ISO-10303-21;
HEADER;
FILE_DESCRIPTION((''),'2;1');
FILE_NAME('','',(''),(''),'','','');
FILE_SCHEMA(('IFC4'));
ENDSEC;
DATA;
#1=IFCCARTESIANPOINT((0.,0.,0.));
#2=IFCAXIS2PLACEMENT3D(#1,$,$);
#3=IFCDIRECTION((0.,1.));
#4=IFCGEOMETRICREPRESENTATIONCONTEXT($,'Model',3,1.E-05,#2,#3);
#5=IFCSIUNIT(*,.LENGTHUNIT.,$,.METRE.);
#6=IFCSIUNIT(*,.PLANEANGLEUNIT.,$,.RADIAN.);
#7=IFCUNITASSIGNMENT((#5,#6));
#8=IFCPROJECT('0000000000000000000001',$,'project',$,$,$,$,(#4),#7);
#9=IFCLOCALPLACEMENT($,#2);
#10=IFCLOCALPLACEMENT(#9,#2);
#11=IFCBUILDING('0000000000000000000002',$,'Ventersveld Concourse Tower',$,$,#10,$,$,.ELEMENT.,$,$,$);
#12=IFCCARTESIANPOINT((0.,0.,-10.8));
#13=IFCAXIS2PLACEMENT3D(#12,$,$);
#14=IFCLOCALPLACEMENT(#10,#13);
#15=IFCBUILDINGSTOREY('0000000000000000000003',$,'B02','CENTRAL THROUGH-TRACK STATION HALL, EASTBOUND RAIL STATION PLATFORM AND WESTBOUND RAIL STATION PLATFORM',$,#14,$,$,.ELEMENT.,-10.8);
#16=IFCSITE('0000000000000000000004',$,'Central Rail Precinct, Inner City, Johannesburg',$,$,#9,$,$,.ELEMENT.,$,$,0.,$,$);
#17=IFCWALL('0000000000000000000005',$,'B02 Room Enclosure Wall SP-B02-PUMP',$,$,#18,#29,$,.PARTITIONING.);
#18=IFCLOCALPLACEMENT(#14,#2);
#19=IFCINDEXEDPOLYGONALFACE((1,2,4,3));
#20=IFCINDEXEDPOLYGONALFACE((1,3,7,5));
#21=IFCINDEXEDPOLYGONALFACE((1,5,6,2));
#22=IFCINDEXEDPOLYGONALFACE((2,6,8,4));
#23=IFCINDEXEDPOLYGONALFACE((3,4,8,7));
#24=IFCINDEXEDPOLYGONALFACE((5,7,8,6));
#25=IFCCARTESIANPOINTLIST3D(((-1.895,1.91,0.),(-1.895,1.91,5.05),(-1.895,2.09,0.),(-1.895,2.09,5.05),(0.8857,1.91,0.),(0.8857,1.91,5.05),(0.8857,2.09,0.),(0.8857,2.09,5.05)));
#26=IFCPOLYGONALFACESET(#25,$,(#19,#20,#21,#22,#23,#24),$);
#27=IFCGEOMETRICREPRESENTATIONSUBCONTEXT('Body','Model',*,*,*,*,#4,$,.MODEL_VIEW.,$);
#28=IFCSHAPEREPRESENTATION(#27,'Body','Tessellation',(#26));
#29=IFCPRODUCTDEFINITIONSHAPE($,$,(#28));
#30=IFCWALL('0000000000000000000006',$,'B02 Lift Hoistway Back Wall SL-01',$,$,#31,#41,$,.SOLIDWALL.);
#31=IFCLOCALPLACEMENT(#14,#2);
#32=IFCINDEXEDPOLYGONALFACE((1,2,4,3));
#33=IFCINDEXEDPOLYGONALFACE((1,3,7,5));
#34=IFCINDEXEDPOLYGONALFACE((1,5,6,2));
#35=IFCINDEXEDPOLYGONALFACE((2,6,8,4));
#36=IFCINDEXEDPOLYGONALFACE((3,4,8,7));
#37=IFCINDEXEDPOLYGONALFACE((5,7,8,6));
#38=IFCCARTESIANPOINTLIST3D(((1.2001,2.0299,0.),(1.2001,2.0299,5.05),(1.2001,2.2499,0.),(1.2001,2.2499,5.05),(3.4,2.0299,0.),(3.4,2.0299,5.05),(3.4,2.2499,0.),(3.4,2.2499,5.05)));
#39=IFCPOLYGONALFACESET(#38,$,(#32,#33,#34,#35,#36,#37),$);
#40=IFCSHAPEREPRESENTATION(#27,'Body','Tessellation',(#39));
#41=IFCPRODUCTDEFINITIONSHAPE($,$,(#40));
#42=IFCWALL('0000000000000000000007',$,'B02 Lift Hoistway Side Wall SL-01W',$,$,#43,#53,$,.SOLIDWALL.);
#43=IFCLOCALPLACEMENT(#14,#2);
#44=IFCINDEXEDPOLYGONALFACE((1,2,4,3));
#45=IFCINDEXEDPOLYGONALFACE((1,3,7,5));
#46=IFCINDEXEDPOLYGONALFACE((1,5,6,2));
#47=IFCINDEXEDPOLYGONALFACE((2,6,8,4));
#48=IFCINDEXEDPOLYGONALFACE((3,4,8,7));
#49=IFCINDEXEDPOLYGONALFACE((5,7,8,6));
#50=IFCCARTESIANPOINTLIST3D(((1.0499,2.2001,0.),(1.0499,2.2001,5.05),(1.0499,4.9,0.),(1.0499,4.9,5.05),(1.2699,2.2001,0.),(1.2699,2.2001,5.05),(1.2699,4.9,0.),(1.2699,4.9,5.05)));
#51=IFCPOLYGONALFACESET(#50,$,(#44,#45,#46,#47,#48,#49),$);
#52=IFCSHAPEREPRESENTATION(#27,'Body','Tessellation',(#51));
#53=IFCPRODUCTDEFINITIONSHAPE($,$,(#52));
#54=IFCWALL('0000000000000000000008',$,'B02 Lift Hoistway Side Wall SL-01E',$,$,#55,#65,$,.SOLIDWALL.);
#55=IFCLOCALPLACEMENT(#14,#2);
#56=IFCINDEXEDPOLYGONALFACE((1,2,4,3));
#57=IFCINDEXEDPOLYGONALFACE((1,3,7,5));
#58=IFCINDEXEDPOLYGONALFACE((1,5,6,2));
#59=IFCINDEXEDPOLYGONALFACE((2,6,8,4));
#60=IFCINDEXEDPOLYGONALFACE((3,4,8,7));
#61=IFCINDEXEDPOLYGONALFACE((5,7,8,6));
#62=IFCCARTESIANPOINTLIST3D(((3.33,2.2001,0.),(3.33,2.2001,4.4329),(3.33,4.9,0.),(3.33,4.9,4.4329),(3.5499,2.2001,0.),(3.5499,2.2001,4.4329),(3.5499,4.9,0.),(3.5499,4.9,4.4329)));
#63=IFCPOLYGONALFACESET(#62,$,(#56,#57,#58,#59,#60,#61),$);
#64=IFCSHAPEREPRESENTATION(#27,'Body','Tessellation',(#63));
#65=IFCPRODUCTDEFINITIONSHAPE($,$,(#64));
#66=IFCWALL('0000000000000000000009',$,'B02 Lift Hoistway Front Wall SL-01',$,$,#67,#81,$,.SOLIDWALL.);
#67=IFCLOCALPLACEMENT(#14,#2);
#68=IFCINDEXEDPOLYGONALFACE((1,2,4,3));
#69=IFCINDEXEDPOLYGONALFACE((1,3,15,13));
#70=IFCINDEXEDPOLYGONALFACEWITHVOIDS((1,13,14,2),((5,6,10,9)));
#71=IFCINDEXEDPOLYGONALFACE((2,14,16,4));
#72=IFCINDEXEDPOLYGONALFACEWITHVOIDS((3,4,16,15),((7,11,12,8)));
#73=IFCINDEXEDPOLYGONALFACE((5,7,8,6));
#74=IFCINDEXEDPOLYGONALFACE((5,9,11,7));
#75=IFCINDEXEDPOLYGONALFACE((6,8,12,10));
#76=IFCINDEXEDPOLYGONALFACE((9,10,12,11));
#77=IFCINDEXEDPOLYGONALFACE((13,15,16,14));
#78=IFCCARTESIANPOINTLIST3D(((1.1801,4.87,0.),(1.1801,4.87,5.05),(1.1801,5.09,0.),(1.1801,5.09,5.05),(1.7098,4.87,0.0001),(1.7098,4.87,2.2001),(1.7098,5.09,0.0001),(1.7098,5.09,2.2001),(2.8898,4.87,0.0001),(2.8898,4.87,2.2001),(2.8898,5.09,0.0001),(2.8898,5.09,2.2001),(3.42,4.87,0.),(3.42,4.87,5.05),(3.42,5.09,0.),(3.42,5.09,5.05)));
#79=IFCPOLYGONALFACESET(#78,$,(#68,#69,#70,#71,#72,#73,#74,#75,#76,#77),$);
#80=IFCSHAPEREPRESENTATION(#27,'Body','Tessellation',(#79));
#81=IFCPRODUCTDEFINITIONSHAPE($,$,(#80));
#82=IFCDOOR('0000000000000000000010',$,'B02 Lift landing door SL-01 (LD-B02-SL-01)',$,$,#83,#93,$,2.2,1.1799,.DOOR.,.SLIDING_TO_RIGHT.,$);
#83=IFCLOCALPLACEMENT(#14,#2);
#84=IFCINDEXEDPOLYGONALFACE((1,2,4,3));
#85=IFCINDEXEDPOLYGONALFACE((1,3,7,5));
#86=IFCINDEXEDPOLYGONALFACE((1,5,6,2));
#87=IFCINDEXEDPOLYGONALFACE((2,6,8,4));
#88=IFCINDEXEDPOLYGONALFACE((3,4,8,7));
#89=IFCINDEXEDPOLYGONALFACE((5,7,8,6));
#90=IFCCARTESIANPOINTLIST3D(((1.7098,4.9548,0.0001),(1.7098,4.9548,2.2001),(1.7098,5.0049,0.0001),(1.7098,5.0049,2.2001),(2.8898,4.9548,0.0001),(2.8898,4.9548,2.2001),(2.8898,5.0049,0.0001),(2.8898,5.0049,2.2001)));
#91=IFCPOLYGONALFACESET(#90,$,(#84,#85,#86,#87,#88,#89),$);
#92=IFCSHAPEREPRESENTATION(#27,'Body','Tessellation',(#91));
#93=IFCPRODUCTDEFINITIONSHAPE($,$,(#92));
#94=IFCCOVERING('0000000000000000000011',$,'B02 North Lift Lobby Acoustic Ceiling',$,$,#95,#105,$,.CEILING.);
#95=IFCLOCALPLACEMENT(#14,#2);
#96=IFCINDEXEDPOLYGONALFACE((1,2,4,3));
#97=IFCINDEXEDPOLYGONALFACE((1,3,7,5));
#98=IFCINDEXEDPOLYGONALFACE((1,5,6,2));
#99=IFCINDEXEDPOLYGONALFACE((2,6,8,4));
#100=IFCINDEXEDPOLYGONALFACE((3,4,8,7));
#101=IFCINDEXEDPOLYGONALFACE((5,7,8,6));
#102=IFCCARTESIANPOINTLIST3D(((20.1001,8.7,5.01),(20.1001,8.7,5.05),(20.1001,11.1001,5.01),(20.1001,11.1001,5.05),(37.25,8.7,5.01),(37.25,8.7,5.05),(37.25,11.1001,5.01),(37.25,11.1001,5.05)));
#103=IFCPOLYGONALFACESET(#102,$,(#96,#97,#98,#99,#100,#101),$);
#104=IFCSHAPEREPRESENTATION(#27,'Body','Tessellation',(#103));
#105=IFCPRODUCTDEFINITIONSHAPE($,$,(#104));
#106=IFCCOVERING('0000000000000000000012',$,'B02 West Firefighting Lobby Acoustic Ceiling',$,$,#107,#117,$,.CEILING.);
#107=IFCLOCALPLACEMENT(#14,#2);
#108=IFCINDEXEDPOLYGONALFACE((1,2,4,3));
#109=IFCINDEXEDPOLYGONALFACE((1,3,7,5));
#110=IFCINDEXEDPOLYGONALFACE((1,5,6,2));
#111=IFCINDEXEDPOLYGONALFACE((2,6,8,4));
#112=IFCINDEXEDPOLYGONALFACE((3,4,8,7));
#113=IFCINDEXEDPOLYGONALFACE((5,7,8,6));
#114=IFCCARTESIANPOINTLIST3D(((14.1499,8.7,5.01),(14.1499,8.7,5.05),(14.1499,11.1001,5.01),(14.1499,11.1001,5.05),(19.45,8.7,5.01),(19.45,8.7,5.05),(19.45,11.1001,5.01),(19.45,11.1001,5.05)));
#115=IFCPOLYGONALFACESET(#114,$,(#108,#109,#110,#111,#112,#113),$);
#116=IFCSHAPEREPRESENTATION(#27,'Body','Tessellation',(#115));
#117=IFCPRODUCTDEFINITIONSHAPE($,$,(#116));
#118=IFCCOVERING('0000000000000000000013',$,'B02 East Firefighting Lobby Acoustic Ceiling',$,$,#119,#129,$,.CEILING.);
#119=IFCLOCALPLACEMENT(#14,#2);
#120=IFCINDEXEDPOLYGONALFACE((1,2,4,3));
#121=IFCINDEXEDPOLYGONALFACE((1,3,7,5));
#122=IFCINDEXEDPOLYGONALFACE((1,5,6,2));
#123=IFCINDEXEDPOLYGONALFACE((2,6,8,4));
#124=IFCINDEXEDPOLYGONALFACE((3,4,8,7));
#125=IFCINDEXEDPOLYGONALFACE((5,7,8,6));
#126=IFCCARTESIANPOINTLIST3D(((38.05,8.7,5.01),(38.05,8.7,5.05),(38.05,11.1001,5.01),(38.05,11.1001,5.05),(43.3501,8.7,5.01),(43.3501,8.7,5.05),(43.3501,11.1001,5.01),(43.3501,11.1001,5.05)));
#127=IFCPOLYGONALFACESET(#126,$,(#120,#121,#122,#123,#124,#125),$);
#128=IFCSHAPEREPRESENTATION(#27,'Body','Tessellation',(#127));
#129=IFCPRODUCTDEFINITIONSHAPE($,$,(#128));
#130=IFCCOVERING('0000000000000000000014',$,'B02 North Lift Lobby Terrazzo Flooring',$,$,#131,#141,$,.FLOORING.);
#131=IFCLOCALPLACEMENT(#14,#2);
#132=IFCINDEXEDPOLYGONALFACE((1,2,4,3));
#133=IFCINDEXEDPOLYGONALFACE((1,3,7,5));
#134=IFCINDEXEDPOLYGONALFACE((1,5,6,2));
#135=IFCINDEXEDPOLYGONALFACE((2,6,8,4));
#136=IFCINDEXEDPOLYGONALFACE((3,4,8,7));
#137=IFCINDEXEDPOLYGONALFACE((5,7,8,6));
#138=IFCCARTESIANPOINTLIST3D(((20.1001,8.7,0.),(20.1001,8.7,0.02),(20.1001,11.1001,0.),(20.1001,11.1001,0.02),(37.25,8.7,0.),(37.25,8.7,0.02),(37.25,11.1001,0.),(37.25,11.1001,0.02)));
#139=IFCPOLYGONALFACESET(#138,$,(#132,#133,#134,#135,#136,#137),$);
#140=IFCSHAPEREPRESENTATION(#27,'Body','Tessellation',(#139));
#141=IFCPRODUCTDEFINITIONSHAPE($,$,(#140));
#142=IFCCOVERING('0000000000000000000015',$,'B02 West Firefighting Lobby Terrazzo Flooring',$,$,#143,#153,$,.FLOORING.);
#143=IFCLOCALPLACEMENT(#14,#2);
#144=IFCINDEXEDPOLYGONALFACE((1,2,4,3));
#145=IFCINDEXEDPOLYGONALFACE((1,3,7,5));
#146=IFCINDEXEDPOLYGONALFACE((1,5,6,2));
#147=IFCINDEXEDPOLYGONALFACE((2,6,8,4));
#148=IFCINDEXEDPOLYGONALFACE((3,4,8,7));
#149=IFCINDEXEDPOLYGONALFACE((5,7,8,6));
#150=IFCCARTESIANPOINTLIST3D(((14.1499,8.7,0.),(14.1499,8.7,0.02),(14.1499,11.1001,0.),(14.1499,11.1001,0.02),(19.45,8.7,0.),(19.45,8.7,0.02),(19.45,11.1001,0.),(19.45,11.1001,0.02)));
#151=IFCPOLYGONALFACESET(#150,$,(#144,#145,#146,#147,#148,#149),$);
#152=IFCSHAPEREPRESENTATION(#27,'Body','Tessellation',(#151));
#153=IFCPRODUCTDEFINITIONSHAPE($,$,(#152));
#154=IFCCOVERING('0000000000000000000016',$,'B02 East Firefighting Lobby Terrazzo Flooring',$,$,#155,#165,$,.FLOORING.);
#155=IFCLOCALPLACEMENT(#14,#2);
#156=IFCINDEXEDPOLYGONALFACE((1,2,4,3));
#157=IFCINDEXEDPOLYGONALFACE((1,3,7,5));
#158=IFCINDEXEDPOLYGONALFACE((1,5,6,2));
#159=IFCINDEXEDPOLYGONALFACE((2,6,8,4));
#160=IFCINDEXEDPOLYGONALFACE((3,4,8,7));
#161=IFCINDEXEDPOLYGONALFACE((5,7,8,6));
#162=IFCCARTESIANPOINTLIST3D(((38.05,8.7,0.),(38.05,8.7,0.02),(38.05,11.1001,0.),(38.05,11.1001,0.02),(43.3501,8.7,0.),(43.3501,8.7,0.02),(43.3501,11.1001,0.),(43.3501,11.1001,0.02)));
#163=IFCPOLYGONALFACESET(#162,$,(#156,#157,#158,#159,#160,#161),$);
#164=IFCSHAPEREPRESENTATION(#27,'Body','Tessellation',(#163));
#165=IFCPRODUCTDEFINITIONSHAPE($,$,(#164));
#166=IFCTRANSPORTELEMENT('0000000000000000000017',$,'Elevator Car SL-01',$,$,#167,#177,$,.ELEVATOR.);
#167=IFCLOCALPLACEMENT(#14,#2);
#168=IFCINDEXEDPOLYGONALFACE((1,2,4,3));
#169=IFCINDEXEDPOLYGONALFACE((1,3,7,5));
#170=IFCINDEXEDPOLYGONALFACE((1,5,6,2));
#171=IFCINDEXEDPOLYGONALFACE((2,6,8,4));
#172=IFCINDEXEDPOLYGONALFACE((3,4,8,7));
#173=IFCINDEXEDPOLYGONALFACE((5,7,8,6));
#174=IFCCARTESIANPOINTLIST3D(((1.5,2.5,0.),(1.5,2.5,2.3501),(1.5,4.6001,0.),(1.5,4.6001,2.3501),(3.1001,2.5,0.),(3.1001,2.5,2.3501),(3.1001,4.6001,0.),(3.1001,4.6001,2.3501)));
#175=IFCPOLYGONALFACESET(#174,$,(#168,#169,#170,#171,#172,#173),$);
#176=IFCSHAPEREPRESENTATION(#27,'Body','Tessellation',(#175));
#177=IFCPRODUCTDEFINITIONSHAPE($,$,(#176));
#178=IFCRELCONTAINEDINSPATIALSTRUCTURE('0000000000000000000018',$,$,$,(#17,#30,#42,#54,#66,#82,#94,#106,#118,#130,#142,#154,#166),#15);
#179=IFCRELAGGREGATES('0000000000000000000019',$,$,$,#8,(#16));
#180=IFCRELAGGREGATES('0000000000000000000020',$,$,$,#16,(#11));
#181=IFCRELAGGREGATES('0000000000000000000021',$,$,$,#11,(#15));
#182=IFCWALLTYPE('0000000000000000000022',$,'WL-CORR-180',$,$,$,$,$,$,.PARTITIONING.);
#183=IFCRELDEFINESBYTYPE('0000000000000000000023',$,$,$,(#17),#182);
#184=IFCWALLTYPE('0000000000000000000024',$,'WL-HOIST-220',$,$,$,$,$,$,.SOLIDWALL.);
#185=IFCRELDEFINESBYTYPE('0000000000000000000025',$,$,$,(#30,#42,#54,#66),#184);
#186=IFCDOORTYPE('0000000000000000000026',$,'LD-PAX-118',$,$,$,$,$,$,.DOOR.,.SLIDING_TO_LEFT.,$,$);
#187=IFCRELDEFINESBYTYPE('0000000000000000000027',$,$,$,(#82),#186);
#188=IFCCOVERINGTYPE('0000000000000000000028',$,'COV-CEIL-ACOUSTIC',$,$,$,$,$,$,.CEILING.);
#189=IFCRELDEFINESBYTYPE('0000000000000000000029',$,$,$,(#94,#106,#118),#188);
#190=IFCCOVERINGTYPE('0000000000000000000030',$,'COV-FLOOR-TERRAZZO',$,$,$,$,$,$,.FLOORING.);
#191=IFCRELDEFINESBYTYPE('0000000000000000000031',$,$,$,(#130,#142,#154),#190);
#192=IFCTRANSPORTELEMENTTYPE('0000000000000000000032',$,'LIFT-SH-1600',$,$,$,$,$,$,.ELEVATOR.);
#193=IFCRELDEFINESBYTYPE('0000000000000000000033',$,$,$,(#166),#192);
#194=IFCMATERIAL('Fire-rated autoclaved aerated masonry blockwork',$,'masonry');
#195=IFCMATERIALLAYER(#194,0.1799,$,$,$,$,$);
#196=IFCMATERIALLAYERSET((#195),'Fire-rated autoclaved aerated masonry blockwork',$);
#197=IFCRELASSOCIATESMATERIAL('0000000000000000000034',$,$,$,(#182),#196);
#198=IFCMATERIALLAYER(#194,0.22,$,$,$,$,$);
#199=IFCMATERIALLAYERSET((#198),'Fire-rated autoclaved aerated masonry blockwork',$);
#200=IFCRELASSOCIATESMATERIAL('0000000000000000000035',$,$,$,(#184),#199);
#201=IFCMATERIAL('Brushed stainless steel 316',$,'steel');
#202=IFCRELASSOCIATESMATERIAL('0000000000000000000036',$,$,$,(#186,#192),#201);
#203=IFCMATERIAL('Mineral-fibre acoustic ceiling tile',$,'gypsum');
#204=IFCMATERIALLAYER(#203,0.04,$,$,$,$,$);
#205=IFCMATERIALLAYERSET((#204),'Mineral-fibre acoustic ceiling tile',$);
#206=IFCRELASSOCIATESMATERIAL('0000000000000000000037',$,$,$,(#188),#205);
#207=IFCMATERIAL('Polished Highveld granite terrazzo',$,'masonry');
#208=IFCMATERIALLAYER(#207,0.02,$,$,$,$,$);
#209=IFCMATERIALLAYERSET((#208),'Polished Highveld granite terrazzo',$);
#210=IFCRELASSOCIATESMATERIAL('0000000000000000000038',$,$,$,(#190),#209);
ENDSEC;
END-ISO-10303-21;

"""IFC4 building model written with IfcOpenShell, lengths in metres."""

from ifc_helpers import new_model, si_unit, direction, frame, frame_2d, origin, origin_2d, place, context, subcontext, project, spatial, polyline, rectangle, outline, extrude, material, layer, layer_set, type_object, element, fill, save


model = new_model("IFC4")

# Units and contexts
model_context = context("Model", 3, precision=1e-05, world=origin(), true_north=direction((0.0, 1.0)))
body_context = subcontext(model_context, "Body", "Model", "MODEL_VIEW")
ifc_project = project(units=[si_unit("LENGTHUNIT", "METRE"), si_unit("PLANEANGLEUNIT", "RADIAN")], contexts=[model_context])

# Site, building, storey
site_placement = place(None, origin())
site = spatial("IfcSite", under=ifc_project, at=site_placement, Name="Central Rail Precinct, Inner City, Johannesburg", CompositionType="ELEMENT", RefElevation=0.0)
building_placement = place(site_placement, origin())
building = spatial("IfcBuilding", under=site, at=building_placement, Name="Ventersveld Concourse Tower", CompositionType="ELEMENT")
storey_placement = place(building_placement, frame((0.0, 0.0, -10.8)))
storey = spatial("IfcBuildingStorey", under=building, at=storey_placement, Name="B02", Description="CENTRAL THROUGH-TRACK STATION HALL, EASTBOUND RAIL STATION PLATFORM AND WESTBOUND RAIL STATION PLATFORM", CompositionType="ELEMENT", Elevation=-10.8)

# Walls
ifc_material_1 = material(Name="Fire-rated autoclaved aerated masonry blockwork", Category="masonry")
ifc_layer_1 = layer(ifc_material_1, 0.1799)
ifc_layer_set_1 = layer_set([ifc_layer_1], Name="Fire-rated autoclaved aerated masonry blockwork")
wall_type_1 = type_object("IfcWallType", Name="WL-CORR-180", PredefinedType="PARTITIONING", material=ifc_layer_set_1)
wall_1_placement = place(storey_placement, frame((0.8857, 2.0, 0.0), z_axis=(0.0, 0.0, 1.0), x_axis=(-1.0, 0.0, 0.0)))
element("IfcWall", 1, at=wall_1_placement, inside=storey, type_object=wall_type_1, Name="B02 Room Enclosure Wall SP-B02-PUMP", PredefinedType="PARTITIONING", context=body_context, shape_type="SweptSolid", body=[
    extrude(rectangle(XDim=2.7808, YDim=0.1799, at=frame_2d((1.3904, 0.0))), origin(), (0.0, 0.0, 1.0), 5.05),
])
ifc_layer_2 = layer(ifc_material_1, 0.22)
ifc_layer_set_2 = layer_set([ifc_layer_2], Name="Fire-rated autoclaved aerated masonry blockwork")
wall_type_2 = type_object("IfcWallType", Name="WL-HOIST-220", PredefinedType="SOLIDWALL", material=ifc_layer_set_2)
wall_2_placement = place(storey_placement, frame((1.2, 2.1399, 0.0), z_axis=(0.0, 0.0, 1.0), x_axis=(1.0, 0.0, 0.0)))
element("IfcWall", 2, at=wall_2_placement, inside=storey, type_object=wall_type_2, Name="B02 Lift Hoistway Back Wall SL-01", PredefinedType="SOLIDWALL", context=body_context, shape_type="SweptSolid", body=[
    extrude(rectangle(XDim=2.2, YDim=0.22, at=frame_2d((1.1001, 0.0))), origin(), (0.0, 0.0, 1.0), 5.05),
])
wall_3_placement = place(storey_placement, frame((1.1599, 2.2, 0.0), z_axis=(0.0, 0.0, 1.0), x_axis=(0.0, 1.0, 0.0)))
element("IfcWall", 3, at=wall_3_placement, inside=storey, type_object=wall_type_2, Name="B02 Lift Hoistway Side Wall SL-01W", PredefinedType="SOLIDWALL", context=body_context, shape_type="SweptSolid", body=[
    extrude(rectangle(XDim=2.7, YDim=0.22, at=frame_2d((1.3501, 0.0))), origin(), (0.0, 0.0, 1.0), 5.05),
])
wall_4_placement = place(storey_placement, frame((3.4399, 2.2, 0.0), z_axis=(0.0, 0.0, 1.0), x_axis=(0.0, 1.0, 0.0)))
element("IfcWall", 4, at=wall_4_placement, inside=storey, type_object=wall_type_2, Name="B02 Lift Hoistway Side Wall SL-01E", PredefinedType="SOLIDWALL", context=body_context, shape_type="SweptSolid", body=[
    extrude(rectangle(XDim=2.7, YDim=0.22, at=frame_2d((1.3501, 0.0))), origin(), (0.0, 0.0, 1.0), 4.4329),
])

# Wall, opening, door
wall_5_placement = place(storey_placement, frame((1.1799, 4.98, 0.0), z_axis=(0.0, 0.0, 1.0), x_axis=(1.0, 0.0, 0.0)))
wall_5 = element("IfcWall", 5, at=wall_5_placement, inside=storey, type_object=wall_type_2, Name="B02 Lift Hoistway Front Wall SL-01", PredefinedType="SOLIDWALL", context=body_context, shape_type="SweptSolid", body=[
    extrude(rectangle(XDim=2.24, YDim=0.22, at=frame_2d((1.1201, 0.0))), origin(), (0.0, 0.0, 1.0), 5.05),
])
opening_placement = place(wall_5_placement, frame((0.53, 0.0, 0.0)))
opening = element("IfcOpeningElement", 6, at=opening_placement, cuts=wall_5, PredefinedType="OPENING", context=body_context, shape_type="SweptSolid", body=[
    extrude(rectangle(XDim=1.1799, YDim=2.2, at=frame_2d((0.5898, 1.1001))), frame((0.0, 0.1201, 0.0), z_axis=(0.0, -1.0, 0.0), x_axis=(1.0, 0.0, 0.0)), (0.0, 0.0, 1.0), 0.24),
])
ifc_material_2 = material(Name="Brushed stainless steel 316", Category="steel")
door_type = type_object("IfcDoorType", Name="LD-PAX-118", OperationType="SLIDING_TO_LEFT", PredefinedType="DOOR", material=ifc_material_2)
door_placement = place(opening_placement, origin())
door = element("IfcDoor", 7, at=door_placement, inside=storey, type_object=door_type, Name="B02 Lift landing door SL-01 (LD-B02-SL-01)", OperationType="SLIDING_TO_RIGHT", OverallHeight=2.2, OverallWidth=1.1799, PredefinedType="DOOR", context=body_context, shape_type="SweptSolid", body=[
    extrude(rectangle(XDim=1.1799, YDim=2.2, at=frame_2d((0.5898, 1.1001))), frame((0.0, 0.0249, 0.0), z_axis=(0.0, -1.0, 0.0), x_axis=(1.0, 0.0, 0.0)), (0.0, 0.0, 1.0), 0.05),
])
fill(opening, door)

# Coverings
ifc_material_3 = material(Name="Mineral-fibre acoustic ceiling tile", Category="gypsum")
ifc_layer_3 = layer(ifc_material_3, 0.04)
ifc_layer_set_3 = layer_set([ifc_layer_3], Name="Mineral-fibre acoustic ceiling tile")
covering_type_1 = type_object("IfcCoveringType", Name="COV-CEIL-ACOUSTIC", PredefinedType="CEILING", material=ifc_layer_set_3)
covering_1_placement = place(storey_placement, frame((0.0, 0.0, 5.01)))
element("IfcCovering", 8, at=covering_1_placement, inside=storey, type_object=covering_type_1, Name="B02 North Lift Lobby Acoustic Ceiling", PredefinedType="CEILING", context=body_context, shape_type="SweptSolid", body=[
    extrude(outline(polyline([(20.1001, 8.7), (37.25, 8.7), (37.25, 11.1001), (20.1001, 11.1001), (20.1001, 8.7)])), origin(), (0.0, 0.0, 1.0), 0.04),
])
covering_2_placement = place(storey_placement, frame((0.0, 0.0, 5.01)))
element("IfcCovering", 9, at=covering_2_placement, inside=storey, type_object=covering_type_1, Name="B02 West Firefighting Lobby Acoustic Ceiling", PredefinedType="CEILING", context=body_context, shape_type="SweptSolid", body=[
    extrude(outline(polyline([(14.1499, 8.7), (19.45, 8.7), (19.45, 11.1001), (14.1499, 11.1001), (14.1499, 8.7)])), origin(), (0.0, 0.0, 1.0), 0.04),
])
covering_3_placement = place(storey_placement, frame((0.0, 0.0, 5.01)))
element("IfcCovering", 10, at=covering_3_placement, inside=storey, type_object=covering_type_1, Name="B02 East Firefighting Lobby Acoustic Ceiling", PredefinedType="CEILING", context=body_context, shape_type="SweptSolid", body=[
    extrude(outline(polyline([(38.05, 8.7), (43.3501, 8.7), (43.3501, 11.1001), (38.05, 11.1001), (38.05, 8.7)])), origin(), (0.0, 0.0, 1.0), 0.04),
])
ifc_material_4 = material(Name="Polished Highveld granite terrazzo", Category="masonry")
ifc_layer_4 = layer(ifc_material_4, 0.02)
ifc_layer_set_4 = layer_set([ifc_layer_4], Name="Polished Highveld granite terrazzo")
covering_type_2 = type_object("IfcCoveringType", Name="COV-FLOOR-TERRAZZO", PredefinedType="FLOORING", material=ifc_layer_set_4)
covering_4_placement = place(storey_placement, origin())
element("IfcCovering", 11, at=covering_4_placement, inside=storey, type_object=covering_type_2, Name="B02 North Lift Lobby Terrazzo Flooring", PredefinedType="FLOORING", context=body_context, shape_type="SweptSolid", body=[
    extrude(outline(polyline([(20.1001, 8.7), (37.25, 8.7), (37.25, 11.1001), (20.1001, 11.1001), (20.1001, 8.7)])), origin(), (0.0, 0.0, 1.0), 0.02),
])
covering_5_placement = place(storey_placement, origin())
element("IfcCovering", 12, at=covering_5_placement, inside=storey, type_object=covering_type_2, Name="B02 West Firefighting Lobby Terrazzo Flooring", PredefinedType="FLOORING", context=body_context, shape_type="SweptSolid", body=[
    extrude(outline(polyline([(14.1499, 8.7), (19.45, 8.7), (19.45, 11.1001), (14.1499, 11.1001), (14.1499, 8.7)])), origin(), (0.0, 0.0, 1.0), 0.02),
])
covering_6_placement = place(storey_placement, origin())
element("IfcCovering", 13, at=covering_6_placement, inside=storey, type_object=covering_type_2, Name="B02 East Firefighting Lobby Terrazzo Flooring", PredefinedType="FLOORING", context=body_context, shape_type="SweptSolid", body=[
    extrude(outline(polyline([(38.05, 8.7), (43.3501, 8.7), (43.3501, 11.1001), (38.05, 11.1001), (38.05, 8.7)])), origin(), (0.0, 0.0, 1.0), 0.02),
])

# Transport element
transport_element_type = type_object("IfcTransportElementType", Name="LIFT-SH-1600", PredefinedType="ELEVATOR", material=ifc_material_2)
transport_element_placement = place(storey_placement, frame((2.3, 3.55, 0.0), z_axis=(0.0, 0.0, 1.0), x_axis=(1.0, 0.0, 0.0)))
element("IfcTransportElement", 14, at=transport_element_placement, inside=storey, type_object=transport_element_type, Name="Elevator Car SL-01", PredefinedType="ELEVATOR", context=body_context, shape_type="SweptSolid", body=[
    extrude(rectangle(XDim=1.6001, YDim=2.1001, at=origin_2d()), origin(), (0.0, 0.0, 1.0), 2.3501),
])

save(model, "model.ifc")
